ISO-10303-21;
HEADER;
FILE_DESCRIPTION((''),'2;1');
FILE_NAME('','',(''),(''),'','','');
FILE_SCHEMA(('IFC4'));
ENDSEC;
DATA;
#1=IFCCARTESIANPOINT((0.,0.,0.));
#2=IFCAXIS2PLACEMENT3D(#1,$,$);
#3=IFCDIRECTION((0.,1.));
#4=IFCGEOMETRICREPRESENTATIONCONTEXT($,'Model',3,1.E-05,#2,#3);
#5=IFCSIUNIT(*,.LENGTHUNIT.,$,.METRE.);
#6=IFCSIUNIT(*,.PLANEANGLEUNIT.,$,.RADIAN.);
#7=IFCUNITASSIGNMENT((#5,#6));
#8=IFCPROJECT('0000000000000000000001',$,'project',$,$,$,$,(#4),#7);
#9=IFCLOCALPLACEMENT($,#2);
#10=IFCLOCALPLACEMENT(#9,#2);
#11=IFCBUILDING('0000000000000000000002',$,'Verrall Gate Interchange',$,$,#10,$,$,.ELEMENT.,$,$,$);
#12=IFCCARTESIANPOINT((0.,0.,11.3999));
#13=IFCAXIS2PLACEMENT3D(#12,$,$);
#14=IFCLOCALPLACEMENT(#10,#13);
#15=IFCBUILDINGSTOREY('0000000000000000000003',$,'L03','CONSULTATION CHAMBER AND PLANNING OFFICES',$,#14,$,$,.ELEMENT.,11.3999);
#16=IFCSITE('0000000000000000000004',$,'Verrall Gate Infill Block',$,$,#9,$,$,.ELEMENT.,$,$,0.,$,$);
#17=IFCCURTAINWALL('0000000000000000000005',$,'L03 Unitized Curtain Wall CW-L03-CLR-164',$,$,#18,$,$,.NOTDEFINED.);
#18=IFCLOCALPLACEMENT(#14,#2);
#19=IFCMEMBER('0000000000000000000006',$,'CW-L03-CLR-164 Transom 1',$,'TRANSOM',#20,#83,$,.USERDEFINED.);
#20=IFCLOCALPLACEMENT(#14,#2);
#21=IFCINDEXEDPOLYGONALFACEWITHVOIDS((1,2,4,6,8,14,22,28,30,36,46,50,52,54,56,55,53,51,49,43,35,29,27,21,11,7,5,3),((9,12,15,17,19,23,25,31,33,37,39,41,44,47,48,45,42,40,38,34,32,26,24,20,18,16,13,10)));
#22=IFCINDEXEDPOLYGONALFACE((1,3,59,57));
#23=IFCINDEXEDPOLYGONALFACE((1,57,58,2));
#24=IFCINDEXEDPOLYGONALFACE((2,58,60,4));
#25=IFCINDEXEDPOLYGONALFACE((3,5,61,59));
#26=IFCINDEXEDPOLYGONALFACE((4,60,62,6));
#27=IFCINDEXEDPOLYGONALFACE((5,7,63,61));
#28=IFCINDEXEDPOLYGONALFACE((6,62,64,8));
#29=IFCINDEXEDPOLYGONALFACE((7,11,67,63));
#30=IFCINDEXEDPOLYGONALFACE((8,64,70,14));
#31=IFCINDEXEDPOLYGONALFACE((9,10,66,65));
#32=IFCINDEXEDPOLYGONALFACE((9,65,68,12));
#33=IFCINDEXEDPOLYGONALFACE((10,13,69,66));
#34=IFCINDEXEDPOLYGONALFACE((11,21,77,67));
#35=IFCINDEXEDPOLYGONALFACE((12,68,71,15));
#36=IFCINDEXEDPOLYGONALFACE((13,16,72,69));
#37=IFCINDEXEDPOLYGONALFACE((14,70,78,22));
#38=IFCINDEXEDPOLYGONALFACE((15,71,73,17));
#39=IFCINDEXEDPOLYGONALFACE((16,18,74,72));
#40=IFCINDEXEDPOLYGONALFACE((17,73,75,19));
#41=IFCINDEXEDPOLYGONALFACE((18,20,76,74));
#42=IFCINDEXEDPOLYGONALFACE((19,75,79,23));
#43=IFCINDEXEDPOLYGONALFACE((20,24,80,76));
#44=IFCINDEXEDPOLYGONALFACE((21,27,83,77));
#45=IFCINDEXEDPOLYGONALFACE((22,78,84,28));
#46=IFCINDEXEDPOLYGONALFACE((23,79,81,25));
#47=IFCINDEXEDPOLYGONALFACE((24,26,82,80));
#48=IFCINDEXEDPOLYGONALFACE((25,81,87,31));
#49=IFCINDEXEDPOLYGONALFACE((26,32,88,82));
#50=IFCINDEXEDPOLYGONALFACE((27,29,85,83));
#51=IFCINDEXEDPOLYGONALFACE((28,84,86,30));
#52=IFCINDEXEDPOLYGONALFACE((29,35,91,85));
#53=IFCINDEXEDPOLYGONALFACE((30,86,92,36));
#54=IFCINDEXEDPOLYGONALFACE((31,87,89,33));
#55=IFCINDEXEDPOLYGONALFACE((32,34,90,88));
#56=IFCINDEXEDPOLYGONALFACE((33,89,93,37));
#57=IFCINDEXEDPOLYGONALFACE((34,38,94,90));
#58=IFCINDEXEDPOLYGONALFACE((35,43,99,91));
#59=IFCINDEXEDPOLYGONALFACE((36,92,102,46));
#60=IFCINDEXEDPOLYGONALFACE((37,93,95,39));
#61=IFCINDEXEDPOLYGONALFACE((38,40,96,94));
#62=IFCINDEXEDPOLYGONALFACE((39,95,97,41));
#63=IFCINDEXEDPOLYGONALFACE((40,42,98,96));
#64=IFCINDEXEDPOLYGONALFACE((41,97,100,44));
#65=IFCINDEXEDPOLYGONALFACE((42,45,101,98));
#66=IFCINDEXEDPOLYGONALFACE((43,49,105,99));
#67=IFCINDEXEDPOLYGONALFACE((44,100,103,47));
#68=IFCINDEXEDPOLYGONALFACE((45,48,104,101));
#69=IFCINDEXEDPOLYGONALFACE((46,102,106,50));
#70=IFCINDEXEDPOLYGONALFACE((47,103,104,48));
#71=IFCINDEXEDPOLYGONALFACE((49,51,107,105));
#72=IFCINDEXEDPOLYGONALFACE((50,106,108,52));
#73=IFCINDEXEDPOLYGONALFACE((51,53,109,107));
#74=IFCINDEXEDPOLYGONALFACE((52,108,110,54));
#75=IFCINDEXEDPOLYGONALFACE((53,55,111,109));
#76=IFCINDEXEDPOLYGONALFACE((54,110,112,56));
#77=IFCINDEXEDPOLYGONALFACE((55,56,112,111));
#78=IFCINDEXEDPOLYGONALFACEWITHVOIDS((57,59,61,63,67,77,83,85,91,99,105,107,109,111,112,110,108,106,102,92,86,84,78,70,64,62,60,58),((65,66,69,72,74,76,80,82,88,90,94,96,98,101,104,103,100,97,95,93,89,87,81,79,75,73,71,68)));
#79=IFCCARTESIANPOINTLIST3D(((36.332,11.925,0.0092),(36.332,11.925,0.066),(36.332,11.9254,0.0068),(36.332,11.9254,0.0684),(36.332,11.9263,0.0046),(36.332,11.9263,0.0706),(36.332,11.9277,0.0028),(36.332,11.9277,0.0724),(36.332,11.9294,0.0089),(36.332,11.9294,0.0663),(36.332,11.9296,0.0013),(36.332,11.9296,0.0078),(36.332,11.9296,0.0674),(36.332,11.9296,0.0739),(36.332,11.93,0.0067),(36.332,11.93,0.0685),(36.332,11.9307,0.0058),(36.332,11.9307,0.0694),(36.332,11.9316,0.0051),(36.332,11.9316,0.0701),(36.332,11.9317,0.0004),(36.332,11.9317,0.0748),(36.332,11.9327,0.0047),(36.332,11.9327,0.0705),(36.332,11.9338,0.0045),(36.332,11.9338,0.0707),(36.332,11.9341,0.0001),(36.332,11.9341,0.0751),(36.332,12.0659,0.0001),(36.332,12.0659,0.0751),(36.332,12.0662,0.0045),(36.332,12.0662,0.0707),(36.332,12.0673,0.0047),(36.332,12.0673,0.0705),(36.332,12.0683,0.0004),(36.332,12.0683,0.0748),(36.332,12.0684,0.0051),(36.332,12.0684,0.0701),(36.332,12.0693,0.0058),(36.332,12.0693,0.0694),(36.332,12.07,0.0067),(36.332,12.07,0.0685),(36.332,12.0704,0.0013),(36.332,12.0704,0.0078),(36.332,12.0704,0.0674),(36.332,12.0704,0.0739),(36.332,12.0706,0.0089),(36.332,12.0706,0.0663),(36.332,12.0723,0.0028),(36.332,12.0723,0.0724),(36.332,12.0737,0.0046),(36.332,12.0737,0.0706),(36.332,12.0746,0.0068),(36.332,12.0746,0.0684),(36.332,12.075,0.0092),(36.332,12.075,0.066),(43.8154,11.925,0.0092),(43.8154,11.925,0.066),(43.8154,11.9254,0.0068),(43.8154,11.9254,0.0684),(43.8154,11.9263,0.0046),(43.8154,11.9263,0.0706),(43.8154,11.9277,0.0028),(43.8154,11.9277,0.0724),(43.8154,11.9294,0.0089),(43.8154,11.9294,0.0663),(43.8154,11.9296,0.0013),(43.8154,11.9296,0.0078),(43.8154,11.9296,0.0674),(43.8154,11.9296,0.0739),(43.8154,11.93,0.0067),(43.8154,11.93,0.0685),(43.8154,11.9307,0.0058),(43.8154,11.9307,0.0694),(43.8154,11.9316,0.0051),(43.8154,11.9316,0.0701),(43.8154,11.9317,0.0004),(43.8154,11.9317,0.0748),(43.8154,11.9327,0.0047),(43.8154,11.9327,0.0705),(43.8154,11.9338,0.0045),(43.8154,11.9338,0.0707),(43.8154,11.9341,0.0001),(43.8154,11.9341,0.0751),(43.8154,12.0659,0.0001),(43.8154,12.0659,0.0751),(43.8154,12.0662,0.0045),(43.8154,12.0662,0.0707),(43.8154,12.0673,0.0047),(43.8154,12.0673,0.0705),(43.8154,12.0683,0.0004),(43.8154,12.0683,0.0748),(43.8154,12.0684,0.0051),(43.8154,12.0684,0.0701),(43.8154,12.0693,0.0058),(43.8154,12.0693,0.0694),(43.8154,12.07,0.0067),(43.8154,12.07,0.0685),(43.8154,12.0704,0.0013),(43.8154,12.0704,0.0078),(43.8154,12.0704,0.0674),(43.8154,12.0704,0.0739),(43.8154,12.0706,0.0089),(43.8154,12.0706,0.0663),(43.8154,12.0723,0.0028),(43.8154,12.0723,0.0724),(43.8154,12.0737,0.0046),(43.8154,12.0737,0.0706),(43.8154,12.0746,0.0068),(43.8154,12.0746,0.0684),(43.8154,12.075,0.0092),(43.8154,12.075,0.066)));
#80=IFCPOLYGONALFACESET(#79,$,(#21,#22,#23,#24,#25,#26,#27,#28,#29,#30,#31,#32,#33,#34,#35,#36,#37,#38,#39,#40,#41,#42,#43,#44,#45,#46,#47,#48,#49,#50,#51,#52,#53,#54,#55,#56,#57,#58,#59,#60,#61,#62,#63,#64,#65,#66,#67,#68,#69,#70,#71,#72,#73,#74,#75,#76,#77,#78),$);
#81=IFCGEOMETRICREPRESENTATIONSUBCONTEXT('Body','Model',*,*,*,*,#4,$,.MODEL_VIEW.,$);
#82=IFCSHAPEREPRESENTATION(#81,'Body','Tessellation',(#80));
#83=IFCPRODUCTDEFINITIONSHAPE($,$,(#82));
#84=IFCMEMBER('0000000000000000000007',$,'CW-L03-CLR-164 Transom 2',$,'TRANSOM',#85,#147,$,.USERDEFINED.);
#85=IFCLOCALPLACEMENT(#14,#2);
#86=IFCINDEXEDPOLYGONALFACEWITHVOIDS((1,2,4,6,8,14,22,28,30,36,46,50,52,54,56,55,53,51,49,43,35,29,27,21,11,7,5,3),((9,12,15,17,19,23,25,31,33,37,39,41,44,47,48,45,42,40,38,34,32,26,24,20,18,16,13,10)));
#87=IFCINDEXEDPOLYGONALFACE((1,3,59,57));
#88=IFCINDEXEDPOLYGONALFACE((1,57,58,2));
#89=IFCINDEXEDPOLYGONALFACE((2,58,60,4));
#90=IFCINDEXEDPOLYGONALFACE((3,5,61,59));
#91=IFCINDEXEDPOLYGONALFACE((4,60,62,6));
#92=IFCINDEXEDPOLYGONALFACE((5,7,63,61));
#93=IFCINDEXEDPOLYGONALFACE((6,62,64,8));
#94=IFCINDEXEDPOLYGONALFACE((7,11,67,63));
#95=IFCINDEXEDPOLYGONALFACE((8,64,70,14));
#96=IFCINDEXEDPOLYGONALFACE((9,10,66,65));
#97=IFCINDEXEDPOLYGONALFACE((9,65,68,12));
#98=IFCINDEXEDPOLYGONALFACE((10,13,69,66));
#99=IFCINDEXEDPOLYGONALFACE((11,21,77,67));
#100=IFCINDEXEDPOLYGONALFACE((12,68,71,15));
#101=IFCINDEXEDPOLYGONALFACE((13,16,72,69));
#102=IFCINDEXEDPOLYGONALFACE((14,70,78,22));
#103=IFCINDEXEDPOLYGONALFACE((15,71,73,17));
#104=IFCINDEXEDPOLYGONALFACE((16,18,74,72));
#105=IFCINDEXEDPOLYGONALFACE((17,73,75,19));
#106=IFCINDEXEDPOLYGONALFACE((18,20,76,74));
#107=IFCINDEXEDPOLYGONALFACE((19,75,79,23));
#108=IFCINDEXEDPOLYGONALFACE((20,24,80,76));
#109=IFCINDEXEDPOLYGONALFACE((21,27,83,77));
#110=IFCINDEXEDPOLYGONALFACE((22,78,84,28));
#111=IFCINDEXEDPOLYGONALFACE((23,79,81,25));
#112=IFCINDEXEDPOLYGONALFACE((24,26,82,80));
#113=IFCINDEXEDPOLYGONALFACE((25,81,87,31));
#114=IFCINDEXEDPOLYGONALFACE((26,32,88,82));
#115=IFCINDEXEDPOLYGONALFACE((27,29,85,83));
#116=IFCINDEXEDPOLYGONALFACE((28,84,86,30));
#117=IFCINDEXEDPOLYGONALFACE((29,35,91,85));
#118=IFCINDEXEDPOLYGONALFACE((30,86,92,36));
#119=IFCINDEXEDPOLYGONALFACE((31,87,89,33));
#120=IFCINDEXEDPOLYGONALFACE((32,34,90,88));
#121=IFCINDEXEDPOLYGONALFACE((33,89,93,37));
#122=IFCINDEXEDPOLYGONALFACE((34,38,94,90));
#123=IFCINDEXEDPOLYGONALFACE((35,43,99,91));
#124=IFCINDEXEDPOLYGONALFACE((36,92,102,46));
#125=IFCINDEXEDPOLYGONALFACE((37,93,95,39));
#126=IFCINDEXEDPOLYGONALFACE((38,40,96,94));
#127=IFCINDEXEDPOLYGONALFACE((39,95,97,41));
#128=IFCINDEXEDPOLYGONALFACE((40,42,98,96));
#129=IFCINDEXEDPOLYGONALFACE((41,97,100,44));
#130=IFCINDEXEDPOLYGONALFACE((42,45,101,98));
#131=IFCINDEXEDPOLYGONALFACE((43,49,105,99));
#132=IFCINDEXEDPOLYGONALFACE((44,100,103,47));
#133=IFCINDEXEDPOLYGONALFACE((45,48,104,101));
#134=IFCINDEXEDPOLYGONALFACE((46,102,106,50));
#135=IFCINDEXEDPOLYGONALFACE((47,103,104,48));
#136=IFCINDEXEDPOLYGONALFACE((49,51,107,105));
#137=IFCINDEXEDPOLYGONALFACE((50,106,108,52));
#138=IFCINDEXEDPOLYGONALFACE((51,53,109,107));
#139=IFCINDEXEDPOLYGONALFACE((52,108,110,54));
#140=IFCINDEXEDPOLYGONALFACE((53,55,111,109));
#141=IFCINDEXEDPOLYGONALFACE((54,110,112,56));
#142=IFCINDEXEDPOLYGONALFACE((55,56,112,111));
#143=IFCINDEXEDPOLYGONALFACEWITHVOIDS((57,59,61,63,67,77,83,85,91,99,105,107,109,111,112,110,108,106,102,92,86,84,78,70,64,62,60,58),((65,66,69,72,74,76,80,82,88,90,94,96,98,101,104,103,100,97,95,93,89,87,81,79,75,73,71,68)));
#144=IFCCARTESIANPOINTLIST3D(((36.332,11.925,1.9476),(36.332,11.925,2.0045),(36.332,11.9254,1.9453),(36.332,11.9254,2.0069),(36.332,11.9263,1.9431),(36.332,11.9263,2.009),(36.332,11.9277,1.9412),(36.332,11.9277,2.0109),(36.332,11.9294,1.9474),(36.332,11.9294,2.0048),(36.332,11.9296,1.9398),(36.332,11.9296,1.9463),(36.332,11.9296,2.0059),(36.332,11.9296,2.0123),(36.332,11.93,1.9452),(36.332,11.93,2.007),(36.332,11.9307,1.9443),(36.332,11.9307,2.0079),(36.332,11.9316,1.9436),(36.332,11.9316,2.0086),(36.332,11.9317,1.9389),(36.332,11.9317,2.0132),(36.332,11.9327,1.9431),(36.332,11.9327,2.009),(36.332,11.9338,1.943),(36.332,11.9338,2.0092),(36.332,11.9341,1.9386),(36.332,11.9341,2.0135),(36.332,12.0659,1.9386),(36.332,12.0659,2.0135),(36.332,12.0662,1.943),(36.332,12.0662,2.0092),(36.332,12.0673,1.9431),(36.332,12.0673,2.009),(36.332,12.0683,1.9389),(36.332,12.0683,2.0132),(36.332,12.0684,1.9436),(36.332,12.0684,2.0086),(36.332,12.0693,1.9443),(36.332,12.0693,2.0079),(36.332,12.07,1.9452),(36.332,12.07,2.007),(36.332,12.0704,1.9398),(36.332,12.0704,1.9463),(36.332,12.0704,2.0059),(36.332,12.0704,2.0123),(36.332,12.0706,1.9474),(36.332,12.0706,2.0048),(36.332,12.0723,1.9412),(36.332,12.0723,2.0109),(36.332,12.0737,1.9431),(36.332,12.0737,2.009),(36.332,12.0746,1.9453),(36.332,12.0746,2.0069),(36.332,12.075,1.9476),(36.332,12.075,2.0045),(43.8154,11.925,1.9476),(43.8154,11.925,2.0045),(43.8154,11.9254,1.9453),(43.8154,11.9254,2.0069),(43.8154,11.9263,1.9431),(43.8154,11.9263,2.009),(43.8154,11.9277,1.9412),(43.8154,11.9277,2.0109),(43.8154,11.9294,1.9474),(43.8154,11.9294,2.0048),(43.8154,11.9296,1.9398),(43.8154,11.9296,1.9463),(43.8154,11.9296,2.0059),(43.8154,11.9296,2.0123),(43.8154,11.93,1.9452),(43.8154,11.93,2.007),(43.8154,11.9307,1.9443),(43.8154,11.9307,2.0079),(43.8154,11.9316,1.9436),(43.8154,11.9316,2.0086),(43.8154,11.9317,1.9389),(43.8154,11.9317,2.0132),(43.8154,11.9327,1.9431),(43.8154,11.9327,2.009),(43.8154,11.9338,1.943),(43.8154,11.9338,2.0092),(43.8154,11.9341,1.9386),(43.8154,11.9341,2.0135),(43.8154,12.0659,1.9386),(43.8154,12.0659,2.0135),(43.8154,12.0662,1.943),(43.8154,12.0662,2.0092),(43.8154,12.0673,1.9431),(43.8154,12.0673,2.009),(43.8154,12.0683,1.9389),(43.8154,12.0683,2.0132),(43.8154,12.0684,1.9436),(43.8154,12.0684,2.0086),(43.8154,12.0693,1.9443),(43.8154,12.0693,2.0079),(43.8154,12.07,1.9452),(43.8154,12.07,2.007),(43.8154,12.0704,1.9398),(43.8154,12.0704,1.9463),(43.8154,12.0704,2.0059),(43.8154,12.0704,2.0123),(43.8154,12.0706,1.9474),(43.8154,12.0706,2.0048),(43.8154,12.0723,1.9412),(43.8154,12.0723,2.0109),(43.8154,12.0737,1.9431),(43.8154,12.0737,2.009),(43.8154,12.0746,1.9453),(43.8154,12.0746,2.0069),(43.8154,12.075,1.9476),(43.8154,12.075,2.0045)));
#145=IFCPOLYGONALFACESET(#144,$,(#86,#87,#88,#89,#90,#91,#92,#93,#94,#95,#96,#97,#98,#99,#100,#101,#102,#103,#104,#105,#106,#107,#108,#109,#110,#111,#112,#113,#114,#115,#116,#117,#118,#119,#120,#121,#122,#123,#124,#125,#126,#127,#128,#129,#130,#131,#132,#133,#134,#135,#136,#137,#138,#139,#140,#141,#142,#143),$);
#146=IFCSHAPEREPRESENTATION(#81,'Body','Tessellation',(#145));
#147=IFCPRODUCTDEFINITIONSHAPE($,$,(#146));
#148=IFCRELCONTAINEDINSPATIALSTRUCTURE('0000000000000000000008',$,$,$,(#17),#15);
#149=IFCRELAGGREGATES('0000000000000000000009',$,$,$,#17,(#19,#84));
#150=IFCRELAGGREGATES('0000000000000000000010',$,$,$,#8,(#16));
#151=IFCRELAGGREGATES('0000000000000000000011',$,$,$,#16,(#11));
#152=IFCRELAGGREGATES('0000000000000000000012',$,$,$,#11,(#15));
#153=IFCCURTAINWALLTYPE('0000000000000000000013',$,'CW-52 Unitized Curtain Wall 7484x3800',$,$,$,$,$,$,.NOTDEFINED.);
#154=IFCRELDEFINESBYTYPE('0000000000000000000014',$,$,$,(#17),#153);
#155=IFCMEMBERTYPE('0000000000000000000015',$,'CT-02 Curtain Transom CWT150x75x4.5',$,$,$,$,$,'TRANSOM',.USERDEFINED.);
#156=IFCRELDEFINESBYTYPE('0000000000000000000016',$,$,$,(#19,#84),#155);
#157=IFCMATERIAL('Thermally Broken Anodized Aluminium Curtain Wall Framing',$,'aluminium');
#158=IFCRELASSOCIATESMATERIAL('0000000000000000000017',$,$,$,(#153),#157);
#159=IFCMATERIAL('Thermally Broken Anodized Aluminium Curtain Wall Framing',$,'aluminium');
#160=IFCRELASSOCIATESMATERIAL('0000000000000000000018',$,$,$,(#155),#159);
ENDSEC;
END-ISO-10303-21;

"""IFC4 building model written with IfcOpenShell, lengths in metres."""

from ifc_helpers import new_model, si_unit, direction, frame, origin, origin_2d, place, context, subcontext, project, spatial, hollow_rectangle, extrude, material, material_profile, profile_set, type_object, element, aggregate, save


model = new_model("IFC4")

# Units and contexts
model_context = context("Model", 3, precision=1e-05, world=origin(), true_north=direction((0.0, 1.0)))
body_context = subcontext(model_context, "Body", "Model", "MODEL_VIEW")
ifc_project = project(units=[si_unit("LENGTHUNIT", "METRE"), si_unit("PLANEANGLEUNIT", "RADIAN")], contexts=[model_context])

# Site, building, storey
site_placement = place(None, origin())
site = spatial("IfcSite", under=ifc_project, at=site_placement, Name="Verrall Gate Infill Block", CompositionType="ELEMENT", RefElevation=0.0)
building_placement = place(site_placement, origin())
building = spatial("IfcBuilding", under=site, at=building_placement, Name="Verrall Gate Interchange", CompositionType="ELEMENT")
storey_placement = place(building_placement, frame((0.0, 0.0, 11.3999)))
storey = spatial("IfcBuildingStorey", under=building, at=storey_placement, Name="L03", Description="CONSULTATION CHAMBER AND PLANNING OFFICES", CompositionType="ELEMENT", Elevation=11.3999)

# Curtain wall, members
ifc_material_1 = material(Name="Thermally Broken Anodized Aluminium Curtain Wall Framing", Category="aluminium")
curtain_wall_type_1 = type_object("IfcCurtainWallType", Name="CW-52 Unitized Curtain Wall 7484x3800", PredefinedType="NOTDEFINED", material=ifc_material_1)
curtain_wall_1_placement = place(storey_placement, origin())
curtain_wall_1 = element("IfcCurtainWall", 1, at=curtain_wall_1_placement, inside=storey, type_object=curtain_wall_type_1, Name="L03 Unitized Curtain Wall CW-L03-CLR-164", PredefinedType="NOTDEFINED")
ifc_material_2 = material(Name="Thermally Broken Anodized Aluminium Curtain Wall Framing", Category="aluminium")
ifc_material_profile_1 = material_profile(ifc_material_2, hollow_rectangle(XDim=0.1499, YDim=0.075, WallThickness=0.0044, InnerFilletRadius=0.0044, OuterFilletRadius=0.009, at=origin_2d()), Name="CWT150x75x4.5")
ifc_profile_set_1 = profile_set([ifc_material_profile_1], Name="Thermally Broken Anodized Aluminium Curtain Wall Framing")
member_type_1 = type_object("IfcMemberType", Name="CT-02 Curtain Transom CWT150x75x4.5", ElementType="TRANSOM", PredefinedType="USERDEFINED", material=ifc_profile_set_1)
member_1_placement = place(storey_placement, frame((36.332, 12.0, 0.0376), z_axis=(1.0, 0.0, 0.0), x_axis=(0.0, 1.0, 0.0)))
member_1 = element("IfcMember", 2, at=member_1_placement, type_object=member_type_1, Name="CW-L03-CLR-164 Transom 1", ObjectType="TRANSOM", PredefinedType="USERDEFINED", context=body_context, shape_type="SweptSolid", body=[
    extrude(hollow_rectangle(XDim=0.1499, YDim=0.075, WallThickness=0.0044, InnerFilletRadius=0.0044, OuterFilletRadius=0.009, at=origin_2d()), origin(), (0.0, 0.0, 1.0), 7.4834),
])
member_2_placement = place(storey_placement, frame((36.332, 12.0, 1.9761), z_axis=(1.0, 0.0, 0.0), x_axis=(0.0, 1.0, 0.0)))
member_2 = element("IfcMember", 3, at=member_2_placement, type_object=member_type_1, Name="CW-L03-CLR-164 Transom 2", ObjectType="TRANSOM", PredefinedType="USERDEFINED", context=body_context, shape_type="SweptSolid", body=[
    extrude(hollow_rectangle(XDim=0.1499, YDim=0.075, WallThickness=0.0044, InnerFilletRadius=0.0044, OuterFilletRadius=0.009, at=origin_2d()), origin(), (0.0, 0.0, 1.0), 7.4834),
])
aggregate(curtain_wall_1, [member_1, member_2])

save(model, "model.ifc")
